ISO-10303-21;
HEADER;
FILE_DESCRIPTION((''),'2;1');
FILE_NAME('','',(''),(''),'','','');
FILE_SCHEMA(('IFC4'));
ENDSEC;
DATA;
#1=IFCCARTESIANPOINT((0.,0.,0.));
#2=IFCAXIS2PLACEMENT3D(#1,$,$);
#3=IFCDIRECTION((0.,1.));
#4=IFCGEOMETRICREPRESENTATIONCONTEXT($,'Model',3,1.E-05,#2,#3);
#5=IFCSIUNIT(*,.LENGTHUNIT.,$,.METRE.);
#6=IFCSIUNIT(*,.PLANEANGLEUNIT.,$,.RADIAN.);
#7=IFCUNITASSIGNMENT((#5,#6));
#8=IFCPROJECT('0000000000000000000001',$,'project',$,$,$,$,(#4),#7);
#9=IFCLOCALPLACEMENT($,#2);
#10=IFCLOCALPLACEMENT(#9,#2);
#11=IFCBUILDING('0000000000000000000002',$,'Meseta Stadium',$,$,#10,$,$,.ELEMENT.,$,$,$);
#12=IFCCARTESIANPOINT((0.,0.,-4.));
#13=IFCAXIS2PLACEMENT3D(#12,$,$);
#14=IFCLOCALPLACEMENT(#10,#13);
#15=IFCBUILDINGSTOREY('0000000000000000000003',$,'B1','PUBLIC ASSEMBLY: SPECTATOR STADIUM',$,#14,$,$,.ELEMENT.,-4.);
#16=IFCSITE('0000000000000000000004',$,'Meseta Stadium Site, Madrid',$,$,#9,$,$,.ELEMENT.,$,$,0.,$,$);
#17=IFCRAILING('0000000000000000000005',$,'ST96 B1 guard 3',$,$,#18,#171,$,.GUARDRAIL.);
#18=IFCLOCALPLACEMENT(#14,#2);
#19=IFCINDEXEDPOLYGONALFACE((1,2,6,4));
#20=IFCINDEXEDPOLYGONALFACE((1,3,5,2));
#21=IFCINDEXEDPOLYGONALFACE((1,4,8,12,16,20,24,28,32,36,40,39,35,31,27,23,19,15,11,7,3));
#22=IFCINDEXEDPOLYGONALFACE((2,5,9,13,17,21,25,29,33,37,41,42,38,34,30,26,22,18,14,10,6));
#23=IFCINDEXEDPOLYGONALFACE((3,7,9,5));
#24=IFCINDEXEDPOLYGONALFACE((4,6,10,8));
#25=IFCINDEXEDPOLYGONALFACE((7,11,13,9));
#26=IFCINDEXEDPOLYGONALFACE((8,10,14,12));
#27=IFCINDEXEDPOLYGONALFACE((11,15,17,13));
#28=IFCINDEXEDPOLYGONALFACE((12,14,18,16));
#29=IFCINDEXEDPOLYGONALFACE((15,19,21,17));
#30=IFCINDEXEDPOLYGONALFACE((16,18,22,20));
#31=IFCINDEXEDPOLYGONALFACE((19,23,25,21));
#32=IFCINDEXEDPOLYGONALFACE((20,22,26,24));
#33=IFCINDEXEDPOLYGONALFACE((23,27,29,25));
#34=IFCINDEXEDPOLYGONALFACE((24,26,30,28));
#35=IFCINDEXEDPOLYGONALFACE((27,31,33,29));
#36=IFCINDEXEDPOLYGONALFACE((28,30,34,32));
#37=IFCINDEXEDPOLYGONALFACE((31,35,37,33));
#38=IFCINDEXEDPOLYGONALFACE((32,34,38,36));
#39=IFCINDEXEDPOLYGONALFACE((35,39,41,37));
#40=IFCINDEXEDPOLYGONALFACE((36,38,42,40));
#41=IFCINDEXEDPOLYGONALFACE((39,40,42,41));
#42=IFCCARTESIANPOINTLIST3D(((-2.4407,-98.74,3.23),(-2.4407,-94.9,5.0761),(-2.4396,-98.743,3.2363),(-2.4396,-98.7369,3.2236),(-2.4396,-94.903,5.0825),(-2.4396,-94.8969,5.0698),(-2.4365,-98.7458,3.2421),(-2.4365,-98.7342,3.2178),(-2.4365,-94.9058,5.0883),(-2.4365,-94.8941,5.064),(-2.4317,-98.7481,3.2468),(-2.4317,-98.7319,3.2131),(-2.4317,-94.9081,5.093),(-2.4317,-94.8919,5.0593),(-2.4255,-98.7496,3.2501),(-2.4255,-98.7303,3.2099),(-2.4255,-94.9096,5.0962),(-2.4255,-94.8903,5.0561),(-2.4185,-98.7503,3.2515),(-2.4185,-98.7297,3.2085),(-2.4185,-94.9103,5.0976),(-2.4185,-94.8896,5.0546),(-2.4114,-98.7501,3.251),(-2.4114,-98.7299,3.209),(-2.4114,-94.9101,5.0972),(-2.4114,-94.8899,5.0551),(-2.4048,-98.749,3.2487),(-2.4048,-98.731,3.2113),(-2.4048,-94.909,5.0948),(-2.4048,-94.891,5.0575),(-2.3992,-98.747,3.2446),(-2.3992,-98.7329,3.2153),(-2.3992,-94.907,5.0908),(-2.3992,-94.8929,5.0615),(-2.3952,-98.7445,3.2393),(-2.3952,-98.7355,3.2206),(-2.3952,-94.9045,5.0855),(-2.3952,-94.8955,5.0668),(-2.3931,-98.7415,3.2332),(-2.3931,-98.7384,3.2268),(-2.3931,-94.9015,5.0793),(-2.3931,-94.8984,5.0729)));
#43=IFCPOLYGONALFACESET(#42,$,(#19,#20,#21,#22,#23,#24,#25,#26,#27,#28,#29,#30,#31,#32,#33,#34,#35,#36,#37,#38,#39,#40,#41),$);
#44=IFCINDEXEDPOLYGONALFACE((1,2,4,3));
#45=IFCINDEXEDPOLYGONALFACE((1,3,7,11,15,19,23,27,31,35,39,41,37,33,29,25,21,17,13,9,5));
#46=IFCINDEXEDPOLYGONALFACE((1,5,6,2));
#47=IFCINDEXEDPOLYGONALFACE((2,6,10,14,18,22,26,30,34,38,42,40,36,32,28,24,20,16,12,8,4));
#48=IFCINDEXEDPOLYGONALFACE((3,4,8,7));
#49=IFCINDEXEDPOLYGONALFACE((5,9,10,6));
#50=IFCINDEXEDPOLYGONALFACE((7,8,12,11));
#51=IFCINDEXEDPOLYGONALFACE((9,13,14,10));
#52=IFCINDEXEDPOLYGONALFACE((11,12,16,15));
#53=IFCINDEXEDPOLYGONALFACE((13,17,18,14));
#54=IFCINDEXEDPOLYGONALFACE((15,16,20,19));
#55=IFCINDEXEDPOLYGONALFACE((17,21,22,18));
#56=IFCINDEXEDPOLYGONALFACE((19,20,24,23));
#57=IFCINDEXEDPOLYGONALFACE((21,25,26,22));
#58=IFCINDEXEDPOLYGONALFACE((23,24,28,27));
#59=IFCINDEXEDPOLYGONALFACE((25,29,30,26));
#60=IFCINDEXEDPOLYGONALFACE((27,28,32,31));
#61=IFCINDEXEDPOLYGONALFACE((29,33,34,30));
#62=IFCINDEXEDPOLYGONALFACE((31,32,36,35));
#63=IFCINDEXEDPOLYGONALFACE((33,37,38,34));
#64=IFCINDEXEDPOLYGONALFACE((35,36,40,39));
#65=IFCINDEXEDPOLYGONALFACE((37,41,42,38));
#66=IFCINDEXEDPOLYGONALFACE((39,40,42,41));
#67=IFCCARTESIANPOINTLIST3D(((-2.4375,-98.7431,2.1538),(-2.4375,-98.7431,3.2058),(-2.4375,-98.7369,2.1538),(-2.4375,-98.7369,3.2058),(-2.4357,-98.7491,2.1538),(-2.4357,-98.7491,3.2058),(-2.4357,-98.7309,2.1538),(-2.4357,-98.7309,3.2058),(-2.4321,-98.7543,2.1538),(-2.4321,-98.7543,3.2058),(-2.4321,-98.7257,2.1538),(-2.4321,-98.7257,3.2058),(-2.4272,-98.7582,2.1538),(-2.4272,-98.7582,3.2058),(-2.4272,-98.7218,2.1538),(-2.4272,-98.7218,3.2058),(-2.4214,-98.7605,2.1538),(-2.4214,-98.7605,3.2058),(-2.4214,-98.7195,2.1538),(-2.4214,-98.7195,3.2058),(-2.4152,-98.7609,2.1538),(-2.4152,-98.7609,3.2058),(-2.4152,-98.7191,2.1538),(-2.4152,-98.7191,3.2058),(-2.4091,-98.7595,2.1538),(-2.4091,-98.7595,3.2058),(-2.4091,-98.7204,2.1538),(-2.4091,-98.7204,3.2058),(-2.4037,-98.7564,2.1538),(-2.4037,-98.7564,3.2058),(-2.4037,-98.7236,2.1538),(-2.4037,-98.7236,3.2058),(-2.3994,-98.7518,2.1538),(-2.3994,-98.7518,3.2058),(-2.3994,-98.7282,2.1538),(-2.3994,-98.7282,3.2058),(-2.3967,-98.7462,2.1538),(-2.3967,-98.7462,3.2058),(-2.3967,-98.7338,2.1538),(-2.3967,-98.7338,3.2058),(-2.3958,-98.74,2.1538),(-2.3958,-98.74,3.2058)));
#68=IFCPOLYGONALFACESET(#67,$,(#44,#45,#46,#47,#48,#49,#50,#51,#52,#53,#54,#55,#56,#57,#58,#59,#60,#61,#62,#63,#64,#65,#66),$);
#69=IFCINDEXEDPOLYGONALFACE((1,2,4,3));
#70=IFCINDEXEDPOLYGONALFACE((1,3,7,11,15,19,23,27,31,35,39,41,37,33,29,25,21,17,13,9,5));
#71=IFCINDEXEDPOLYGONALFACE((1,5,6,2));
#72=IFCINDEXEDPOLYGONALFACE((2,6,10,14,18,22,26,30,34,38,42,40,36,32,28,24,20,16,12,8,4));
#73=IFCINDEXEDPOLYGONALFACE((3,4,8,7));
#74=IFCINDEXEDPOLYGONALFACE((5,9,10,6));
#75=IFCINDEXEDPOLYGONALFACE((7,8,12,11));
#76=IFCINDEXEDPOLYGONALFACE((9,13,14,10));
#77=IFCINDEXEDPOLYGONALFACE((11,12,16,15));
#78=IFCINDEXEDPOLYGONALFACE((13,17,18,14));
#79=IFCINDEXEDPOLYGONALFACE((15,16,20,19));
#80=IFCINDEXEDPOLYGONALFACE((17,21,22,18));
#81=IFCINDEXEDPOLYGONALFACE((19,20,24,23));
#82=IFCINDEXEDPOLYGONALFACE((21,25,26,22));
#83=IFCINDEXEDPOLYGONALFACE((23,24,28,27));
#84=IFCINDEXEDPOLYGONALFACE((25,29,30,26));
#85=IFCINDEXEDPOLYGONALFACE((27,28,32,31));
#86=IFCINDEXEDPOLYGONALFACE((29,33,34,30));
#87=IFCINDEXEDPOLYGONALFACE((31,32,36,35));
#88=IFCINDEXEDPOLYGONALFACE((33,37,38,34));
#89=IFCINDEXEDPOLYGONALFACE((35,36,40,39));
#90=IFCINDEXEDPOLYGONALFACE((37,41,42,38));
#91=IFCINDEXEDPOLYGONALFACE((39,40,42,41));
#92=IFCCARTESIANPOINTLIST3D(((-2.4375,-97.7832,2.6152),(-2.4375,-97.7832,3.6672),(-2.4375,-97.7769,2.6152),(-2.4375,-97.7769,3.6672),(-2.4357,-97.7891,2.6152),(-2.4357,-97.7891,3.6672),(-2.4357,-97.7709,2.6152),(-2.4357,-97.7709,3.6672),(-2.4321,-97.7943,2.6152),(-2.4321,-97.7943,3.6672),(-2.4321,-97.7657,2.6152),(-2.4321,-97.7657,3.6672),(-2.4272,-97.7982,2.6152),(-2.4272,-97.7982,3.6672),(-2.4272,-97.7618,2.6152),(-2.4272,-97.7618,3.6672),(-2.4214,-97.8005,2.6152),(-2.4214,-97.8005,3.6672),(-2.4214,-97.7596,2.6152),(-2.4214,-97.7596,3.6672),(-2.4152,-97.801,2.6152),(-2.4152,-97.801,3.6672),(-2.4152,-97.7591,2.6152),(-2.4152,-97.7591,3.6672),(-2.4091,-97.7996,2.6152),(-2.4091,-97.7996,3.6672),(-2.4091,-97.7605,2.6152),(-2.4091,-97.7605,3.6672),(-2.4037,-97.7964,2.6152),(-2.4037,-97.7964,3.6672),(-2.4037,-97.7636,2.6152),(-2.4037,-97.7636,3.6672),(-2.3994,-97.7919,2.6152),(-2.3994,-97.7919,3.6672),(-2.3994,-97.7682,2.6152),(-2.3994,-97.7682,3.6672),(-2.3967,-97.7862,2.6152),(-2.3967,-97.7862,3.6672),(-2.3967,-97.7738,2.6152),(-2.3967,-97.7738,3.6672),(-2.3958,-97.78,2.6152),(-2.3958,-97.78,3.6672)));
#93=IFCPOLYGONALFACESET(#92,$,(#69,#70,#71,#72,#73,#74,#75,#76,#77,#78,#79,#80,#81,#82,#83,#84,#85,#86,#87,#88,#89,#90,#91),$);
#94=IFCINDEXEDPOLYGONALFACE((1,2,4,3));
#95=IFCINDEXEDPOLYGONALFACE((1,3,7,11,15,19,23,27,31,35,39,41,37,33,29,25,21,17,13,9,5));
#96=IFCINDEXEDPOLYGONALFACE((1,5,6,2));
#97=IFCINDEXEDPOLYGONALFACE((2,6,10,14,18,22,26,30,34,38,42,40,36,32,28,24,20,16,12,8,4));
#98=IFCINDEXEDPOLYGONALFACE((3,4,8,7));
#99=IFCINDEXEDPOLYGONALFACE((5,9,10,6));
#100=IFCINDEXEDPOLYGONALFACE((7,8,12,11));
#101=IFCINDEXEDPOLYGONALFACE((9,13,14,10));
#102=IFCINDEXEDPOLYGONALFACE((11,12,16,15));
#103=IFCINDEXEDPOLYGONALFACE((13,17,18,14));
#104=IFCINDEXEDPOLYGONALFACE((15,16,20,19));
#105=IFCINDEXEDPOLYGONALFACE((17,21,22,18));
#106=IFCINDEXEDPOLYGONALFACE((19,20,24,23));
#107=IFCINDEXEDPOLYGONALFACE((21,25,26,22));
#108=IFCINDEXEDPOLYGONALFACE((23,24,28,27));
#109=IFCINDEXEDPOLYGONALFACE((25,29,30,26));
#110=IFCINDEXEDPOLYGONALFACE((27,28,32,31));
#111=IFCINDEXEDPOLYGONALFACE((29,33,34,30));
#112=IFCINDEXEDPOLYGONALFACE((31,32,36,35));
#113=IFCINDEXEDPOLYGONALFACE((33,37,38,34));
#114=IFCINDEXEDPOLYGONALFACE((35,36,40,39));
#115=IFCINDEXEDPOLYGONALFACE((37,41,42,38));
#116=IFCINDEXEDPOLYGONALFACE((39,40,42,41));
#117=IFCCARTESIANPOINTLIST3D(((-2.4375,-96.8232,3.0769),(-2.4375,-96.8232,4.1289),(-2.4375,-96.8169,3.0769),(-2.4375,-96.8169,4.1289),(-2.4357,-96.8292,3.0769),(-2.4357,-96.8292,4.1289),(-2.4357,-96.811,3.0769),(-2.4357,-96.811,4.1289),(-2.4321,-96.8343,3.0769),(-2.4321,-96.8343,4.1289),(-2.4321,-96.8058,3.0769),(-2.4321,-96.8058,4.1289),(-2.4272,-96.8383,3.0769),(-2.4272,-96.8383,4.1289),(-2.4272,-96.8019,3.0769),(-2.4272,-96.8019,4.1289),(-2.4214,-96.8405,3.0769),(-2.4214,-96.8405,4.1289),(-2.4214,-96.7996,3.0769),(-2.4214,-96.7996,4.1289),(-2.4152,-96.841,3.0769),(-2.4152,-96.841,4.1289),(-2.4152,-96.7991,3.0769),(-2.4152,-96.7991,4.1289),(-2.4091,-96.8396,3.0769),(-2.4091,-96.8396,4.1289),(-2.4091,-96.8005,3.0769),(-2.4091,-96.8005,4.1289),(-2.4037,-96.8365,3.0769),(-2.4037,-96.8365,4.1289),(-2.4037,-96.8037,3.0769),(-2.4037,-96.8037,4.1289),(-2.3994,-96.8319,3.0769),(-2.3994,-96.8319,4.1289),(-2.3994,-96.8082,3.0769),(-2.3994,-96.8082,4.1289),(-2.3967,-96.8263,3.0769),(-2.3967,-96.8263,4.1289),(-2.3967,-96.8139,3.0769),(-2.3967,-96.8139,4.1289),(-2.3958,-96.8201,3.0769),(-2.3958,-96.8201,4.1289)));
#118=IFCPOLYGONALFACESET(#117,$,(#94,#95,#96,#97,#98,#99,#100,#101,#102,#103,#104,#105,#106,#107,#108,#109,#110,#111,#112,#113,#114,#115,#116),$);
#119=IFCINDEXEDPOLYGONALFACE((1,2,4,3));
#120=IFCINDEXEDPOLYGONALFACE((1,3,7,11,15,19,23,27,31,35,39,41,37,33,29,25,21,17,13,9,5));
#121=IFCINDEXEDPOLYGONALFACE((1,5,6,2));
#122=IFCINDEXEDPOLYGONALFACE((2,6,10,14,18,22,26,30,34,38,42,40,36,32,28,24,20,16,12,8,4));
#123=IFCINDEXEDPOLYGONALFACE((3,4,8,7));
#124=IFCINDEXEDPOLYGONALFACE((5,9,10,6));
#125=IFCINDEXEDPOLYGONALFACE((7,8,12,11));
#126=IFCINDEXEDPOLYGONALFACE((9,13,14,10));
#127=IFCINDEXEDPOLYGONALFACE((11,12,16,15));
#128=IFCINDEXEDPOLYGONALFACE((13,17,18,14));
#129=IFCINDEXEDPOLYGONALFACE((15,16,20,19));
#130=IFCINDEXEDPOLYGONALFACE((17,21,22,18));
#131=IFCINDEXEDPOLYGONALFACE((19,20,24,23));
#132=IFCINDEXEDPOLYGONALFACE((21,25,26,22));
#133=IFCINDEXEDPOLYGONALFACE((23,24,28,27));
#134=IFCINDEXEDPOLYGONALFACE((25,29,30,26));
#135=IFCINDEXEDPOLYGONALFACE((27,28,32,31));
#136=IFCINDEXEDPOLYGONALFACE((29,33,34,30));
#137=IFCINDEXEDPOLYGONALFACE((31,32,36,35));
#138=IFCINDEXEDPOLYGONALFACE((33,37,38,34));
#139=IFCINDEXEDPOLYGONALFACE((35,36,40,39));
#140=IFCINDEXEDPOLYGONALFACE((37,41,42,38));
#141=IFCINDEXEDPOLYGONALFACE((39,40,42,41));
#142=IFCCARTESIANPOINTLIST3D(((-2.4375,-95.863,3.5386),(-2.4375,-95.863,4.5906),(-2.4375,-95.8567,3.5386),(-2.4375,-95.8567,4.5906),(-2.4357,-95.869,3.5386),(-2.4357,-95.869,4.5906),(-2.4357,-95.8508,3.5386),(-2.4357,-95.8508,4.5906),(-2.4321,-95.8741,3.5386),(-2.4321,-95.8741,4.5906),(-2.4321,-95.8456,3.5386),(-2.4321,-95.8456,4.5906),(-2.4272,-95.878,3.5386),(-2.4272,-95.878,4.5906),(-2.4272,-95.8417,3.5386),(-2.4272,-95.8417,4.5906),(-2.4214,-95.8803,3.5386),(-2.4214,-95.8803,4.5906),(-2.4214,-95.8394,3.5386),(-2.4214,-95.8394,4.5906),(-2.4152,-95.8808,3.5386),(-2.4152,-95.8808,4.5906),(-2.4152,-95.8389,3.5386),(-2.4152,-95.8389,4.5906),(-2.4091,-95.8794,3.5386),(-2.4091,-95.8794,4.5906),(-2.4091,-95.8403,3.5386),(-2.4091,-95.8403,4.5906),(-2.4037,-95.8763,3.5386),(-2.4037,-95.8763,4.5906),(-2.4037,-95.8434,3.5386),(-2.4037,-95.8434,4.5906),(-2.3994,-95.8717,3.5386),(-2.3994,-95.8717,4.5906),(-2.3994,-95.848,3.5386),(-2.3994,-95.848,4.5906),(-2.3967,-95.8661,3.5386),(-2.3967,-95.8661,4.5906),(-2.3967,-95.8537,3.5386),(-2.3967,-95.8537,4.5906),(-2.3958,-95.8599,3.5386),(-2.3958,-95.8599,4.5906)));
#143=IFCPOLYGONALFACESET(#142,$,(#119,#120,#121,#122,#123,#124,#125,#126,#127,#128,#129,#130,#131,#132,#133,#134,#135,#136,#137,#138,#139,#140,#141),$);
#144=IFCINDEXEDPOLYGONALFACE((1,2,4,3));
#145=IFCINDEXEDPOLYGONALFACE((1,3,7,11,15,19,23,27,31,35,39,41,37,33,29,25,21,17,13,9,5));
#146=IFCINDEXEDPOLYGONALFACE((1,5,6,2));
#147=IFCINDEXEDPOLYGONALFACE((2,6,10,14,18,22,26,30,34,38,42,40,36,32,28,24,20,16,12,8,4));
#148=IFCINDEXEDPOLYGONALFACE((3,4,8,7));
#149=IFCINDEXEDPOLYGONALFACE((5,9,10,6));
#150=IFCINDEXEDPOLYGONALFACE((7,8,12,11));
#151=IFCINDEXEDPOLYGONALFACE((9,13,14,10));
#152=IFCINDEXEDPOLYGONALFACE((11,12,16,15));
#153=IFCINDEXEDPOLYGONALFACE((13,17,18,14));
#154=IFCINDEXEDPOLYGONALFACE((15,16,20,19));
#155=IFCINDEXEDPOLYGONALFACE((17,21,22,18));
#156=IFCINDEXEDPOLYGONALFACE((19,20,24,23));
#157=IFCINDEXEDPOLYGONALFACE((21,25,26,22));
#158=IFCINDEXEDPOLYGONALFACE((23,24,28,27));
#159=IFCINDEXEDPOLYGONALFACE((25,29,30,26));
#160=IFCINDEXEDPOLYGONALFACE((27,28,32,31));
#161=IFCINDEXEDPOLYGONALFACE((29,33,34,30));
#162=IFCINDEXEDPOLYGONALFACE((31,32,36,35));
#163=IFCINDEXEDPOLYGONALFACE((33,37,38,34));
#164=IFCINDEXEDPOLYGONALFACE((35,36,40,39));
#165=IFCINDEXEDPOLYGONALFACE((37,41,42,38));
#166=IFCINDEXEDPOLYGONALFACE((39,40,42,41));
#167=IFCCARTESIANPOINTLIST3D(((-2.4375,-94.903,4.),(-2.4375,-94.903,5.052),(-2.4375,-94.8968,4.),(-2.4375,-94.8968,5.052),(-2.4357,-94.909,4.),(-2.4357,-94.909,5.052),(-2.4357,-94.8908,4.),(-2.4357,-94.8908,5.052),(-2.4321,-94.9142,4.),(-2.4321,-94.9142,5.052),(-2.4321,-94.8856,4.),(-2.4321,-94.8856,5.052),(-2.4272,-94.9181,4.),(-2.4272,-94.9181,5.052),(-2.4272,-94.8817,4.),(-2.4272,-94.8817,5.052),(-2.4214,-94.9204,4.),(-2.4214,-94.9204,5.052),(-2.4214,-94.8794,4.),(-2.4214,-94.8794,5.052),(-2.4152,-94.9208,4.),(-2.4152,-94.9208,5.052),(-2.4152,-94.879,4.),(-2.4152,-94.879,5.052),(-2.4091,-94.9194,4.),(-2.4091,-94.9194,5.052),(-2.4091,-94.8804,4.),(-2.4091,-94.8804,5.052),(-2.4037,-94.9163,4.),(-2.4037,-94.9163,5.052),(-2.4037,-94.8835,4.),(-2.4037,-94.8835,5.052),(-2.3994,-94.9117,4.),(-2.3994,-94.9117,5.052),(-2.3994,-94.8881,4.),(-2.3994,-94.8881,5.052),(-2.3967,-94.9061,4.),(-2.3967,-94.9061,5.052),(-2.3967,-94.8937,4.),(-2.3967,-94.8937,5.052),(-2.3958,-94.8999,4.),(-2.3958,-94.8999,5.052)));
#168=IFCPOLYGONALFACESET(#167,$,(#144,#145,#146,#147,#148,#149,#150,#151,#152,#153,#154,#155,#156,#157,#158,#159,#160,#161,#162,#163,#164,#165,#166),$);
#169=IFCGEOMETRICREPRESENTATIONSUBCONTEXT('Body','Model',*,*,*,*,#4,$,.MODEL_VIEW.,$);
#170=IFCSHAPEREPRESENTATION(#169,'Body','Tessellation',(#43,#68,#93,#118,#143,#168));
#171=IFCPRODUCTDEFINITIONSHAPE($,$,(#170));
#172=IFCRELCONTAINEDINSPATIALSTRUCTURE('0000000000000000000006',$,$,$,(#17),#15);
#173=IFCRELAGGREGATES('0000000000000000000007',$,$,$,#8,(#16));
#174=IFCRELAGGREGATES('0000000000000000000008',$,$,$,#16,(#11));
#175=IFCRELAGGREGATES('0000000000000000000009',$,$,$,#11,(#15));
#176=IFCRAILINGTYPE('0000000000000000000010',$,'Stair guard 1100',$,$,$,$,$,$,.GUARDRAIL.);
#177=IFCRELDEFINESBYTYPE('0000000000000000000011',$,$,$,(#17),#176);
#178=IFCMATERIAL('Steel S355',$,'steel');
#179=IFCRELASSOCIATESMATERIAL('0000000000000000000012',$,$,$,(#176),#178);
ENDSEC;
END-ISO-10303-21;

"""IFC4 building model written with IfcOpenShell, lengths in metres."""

from ifc_helpers import new_model, si_unit, direction, frame, origin, origin_2d, place, context, subcontext, project, spatial, circle, extrude, material, type_object, element, save


model = new_model("IFC4")

# Units and contexts
model_context = context("Model", 3, precision=1e-05, world=origin(), true_north=direction((0.0, 1.0)))
body_context = subcontext(model_context, "Body", "Model", "MODEL_VIEW")
ifc_project = project(units=[si_unit("LENGTHUNIT", "METRE"), si_unit("PLANEANGLEUNIT", "RADIAN")], contexts=[model_context])

# Site, building, storey
site_placement = place(None, origin())
site = spatial("IfcSite", under=ifc_project, at=site_placement, Name="Meseta Stadium Site, Madrid", CompositionType="ELEMENT", RefElevation=0.0)
building_placement = place(site_placement, origin())
building = spatial("IfcBuilding", under=site, at=building_placement, Name="Meseta Stadium", CompositionType="ELEMENT")
storey_placement = place(building_placement, frame((0.0, 0.0, -4.0)))
storey = spatial("IfcBuildingStorey", under=building, at=storey_placement, Name="B1", Description="PUBLIC ASSEMBLY: SPECTATOR STADIUM", CompositionType="ELEMENT", Elevation=-4.0)

# Railing
ifc_material_1 = material(Name="Steel S355", Category="steel")
railing_type_1 = type_object("IfcRailingType", Name="Stair guard 1100", PredefinedType="GUARDRAIL", material=ifc_material_1)
railing_1_placement = place(storey_placement, frame((-2.4167, -98.74, 2.1538)))
element("IfcRailing", 1, at=railing_1_placement, inside=storey, type_object=railing_type_1, Name="ST96 B1 guard 3", PredefinedType="GUARDRAIL", context=body_context, shape_type="SweptSolid", body=[
    extrude(circle(Radius=0.0239, at=origin_2d()), frame((0.0, 0.0, 1.0762), z_axis=(0.0, 0.901253, 0.433294), x_axis=(-1.0, 0.0, 0.0)), (0.0, 0.0, 1.0), 4.2607),
    extrude(circle(Radius=0.021, at=origin_2d()), origin(), (0.0, 0.0, 1.0), 1.052),
    extrude(circle(Radius=0.021, at=origin_2d()), frame((0.0, 0.96, 0.4614)), (0.0, 0.0, 1.0), 1.052),
    extrude(circle(Radius=0.021, at=origin_2d()), frame((0.0, 1.9199, 0.9231)), (0.0, 0.0, 1.0), 1.052),
    extrude(circle(Radius=0.021, at=origin_2d()), frame((0.0, 2.8801, 1.3848)), (0.0, 0.0, 1.0), 1.052),
    extrude(circle(Radius=0.021, at=origin_2d()), frame((0.0, 3.8401, 1.8462)), (0.0, 0.0, 1.0), 1.052),
])

save(model, "model.ifc")
